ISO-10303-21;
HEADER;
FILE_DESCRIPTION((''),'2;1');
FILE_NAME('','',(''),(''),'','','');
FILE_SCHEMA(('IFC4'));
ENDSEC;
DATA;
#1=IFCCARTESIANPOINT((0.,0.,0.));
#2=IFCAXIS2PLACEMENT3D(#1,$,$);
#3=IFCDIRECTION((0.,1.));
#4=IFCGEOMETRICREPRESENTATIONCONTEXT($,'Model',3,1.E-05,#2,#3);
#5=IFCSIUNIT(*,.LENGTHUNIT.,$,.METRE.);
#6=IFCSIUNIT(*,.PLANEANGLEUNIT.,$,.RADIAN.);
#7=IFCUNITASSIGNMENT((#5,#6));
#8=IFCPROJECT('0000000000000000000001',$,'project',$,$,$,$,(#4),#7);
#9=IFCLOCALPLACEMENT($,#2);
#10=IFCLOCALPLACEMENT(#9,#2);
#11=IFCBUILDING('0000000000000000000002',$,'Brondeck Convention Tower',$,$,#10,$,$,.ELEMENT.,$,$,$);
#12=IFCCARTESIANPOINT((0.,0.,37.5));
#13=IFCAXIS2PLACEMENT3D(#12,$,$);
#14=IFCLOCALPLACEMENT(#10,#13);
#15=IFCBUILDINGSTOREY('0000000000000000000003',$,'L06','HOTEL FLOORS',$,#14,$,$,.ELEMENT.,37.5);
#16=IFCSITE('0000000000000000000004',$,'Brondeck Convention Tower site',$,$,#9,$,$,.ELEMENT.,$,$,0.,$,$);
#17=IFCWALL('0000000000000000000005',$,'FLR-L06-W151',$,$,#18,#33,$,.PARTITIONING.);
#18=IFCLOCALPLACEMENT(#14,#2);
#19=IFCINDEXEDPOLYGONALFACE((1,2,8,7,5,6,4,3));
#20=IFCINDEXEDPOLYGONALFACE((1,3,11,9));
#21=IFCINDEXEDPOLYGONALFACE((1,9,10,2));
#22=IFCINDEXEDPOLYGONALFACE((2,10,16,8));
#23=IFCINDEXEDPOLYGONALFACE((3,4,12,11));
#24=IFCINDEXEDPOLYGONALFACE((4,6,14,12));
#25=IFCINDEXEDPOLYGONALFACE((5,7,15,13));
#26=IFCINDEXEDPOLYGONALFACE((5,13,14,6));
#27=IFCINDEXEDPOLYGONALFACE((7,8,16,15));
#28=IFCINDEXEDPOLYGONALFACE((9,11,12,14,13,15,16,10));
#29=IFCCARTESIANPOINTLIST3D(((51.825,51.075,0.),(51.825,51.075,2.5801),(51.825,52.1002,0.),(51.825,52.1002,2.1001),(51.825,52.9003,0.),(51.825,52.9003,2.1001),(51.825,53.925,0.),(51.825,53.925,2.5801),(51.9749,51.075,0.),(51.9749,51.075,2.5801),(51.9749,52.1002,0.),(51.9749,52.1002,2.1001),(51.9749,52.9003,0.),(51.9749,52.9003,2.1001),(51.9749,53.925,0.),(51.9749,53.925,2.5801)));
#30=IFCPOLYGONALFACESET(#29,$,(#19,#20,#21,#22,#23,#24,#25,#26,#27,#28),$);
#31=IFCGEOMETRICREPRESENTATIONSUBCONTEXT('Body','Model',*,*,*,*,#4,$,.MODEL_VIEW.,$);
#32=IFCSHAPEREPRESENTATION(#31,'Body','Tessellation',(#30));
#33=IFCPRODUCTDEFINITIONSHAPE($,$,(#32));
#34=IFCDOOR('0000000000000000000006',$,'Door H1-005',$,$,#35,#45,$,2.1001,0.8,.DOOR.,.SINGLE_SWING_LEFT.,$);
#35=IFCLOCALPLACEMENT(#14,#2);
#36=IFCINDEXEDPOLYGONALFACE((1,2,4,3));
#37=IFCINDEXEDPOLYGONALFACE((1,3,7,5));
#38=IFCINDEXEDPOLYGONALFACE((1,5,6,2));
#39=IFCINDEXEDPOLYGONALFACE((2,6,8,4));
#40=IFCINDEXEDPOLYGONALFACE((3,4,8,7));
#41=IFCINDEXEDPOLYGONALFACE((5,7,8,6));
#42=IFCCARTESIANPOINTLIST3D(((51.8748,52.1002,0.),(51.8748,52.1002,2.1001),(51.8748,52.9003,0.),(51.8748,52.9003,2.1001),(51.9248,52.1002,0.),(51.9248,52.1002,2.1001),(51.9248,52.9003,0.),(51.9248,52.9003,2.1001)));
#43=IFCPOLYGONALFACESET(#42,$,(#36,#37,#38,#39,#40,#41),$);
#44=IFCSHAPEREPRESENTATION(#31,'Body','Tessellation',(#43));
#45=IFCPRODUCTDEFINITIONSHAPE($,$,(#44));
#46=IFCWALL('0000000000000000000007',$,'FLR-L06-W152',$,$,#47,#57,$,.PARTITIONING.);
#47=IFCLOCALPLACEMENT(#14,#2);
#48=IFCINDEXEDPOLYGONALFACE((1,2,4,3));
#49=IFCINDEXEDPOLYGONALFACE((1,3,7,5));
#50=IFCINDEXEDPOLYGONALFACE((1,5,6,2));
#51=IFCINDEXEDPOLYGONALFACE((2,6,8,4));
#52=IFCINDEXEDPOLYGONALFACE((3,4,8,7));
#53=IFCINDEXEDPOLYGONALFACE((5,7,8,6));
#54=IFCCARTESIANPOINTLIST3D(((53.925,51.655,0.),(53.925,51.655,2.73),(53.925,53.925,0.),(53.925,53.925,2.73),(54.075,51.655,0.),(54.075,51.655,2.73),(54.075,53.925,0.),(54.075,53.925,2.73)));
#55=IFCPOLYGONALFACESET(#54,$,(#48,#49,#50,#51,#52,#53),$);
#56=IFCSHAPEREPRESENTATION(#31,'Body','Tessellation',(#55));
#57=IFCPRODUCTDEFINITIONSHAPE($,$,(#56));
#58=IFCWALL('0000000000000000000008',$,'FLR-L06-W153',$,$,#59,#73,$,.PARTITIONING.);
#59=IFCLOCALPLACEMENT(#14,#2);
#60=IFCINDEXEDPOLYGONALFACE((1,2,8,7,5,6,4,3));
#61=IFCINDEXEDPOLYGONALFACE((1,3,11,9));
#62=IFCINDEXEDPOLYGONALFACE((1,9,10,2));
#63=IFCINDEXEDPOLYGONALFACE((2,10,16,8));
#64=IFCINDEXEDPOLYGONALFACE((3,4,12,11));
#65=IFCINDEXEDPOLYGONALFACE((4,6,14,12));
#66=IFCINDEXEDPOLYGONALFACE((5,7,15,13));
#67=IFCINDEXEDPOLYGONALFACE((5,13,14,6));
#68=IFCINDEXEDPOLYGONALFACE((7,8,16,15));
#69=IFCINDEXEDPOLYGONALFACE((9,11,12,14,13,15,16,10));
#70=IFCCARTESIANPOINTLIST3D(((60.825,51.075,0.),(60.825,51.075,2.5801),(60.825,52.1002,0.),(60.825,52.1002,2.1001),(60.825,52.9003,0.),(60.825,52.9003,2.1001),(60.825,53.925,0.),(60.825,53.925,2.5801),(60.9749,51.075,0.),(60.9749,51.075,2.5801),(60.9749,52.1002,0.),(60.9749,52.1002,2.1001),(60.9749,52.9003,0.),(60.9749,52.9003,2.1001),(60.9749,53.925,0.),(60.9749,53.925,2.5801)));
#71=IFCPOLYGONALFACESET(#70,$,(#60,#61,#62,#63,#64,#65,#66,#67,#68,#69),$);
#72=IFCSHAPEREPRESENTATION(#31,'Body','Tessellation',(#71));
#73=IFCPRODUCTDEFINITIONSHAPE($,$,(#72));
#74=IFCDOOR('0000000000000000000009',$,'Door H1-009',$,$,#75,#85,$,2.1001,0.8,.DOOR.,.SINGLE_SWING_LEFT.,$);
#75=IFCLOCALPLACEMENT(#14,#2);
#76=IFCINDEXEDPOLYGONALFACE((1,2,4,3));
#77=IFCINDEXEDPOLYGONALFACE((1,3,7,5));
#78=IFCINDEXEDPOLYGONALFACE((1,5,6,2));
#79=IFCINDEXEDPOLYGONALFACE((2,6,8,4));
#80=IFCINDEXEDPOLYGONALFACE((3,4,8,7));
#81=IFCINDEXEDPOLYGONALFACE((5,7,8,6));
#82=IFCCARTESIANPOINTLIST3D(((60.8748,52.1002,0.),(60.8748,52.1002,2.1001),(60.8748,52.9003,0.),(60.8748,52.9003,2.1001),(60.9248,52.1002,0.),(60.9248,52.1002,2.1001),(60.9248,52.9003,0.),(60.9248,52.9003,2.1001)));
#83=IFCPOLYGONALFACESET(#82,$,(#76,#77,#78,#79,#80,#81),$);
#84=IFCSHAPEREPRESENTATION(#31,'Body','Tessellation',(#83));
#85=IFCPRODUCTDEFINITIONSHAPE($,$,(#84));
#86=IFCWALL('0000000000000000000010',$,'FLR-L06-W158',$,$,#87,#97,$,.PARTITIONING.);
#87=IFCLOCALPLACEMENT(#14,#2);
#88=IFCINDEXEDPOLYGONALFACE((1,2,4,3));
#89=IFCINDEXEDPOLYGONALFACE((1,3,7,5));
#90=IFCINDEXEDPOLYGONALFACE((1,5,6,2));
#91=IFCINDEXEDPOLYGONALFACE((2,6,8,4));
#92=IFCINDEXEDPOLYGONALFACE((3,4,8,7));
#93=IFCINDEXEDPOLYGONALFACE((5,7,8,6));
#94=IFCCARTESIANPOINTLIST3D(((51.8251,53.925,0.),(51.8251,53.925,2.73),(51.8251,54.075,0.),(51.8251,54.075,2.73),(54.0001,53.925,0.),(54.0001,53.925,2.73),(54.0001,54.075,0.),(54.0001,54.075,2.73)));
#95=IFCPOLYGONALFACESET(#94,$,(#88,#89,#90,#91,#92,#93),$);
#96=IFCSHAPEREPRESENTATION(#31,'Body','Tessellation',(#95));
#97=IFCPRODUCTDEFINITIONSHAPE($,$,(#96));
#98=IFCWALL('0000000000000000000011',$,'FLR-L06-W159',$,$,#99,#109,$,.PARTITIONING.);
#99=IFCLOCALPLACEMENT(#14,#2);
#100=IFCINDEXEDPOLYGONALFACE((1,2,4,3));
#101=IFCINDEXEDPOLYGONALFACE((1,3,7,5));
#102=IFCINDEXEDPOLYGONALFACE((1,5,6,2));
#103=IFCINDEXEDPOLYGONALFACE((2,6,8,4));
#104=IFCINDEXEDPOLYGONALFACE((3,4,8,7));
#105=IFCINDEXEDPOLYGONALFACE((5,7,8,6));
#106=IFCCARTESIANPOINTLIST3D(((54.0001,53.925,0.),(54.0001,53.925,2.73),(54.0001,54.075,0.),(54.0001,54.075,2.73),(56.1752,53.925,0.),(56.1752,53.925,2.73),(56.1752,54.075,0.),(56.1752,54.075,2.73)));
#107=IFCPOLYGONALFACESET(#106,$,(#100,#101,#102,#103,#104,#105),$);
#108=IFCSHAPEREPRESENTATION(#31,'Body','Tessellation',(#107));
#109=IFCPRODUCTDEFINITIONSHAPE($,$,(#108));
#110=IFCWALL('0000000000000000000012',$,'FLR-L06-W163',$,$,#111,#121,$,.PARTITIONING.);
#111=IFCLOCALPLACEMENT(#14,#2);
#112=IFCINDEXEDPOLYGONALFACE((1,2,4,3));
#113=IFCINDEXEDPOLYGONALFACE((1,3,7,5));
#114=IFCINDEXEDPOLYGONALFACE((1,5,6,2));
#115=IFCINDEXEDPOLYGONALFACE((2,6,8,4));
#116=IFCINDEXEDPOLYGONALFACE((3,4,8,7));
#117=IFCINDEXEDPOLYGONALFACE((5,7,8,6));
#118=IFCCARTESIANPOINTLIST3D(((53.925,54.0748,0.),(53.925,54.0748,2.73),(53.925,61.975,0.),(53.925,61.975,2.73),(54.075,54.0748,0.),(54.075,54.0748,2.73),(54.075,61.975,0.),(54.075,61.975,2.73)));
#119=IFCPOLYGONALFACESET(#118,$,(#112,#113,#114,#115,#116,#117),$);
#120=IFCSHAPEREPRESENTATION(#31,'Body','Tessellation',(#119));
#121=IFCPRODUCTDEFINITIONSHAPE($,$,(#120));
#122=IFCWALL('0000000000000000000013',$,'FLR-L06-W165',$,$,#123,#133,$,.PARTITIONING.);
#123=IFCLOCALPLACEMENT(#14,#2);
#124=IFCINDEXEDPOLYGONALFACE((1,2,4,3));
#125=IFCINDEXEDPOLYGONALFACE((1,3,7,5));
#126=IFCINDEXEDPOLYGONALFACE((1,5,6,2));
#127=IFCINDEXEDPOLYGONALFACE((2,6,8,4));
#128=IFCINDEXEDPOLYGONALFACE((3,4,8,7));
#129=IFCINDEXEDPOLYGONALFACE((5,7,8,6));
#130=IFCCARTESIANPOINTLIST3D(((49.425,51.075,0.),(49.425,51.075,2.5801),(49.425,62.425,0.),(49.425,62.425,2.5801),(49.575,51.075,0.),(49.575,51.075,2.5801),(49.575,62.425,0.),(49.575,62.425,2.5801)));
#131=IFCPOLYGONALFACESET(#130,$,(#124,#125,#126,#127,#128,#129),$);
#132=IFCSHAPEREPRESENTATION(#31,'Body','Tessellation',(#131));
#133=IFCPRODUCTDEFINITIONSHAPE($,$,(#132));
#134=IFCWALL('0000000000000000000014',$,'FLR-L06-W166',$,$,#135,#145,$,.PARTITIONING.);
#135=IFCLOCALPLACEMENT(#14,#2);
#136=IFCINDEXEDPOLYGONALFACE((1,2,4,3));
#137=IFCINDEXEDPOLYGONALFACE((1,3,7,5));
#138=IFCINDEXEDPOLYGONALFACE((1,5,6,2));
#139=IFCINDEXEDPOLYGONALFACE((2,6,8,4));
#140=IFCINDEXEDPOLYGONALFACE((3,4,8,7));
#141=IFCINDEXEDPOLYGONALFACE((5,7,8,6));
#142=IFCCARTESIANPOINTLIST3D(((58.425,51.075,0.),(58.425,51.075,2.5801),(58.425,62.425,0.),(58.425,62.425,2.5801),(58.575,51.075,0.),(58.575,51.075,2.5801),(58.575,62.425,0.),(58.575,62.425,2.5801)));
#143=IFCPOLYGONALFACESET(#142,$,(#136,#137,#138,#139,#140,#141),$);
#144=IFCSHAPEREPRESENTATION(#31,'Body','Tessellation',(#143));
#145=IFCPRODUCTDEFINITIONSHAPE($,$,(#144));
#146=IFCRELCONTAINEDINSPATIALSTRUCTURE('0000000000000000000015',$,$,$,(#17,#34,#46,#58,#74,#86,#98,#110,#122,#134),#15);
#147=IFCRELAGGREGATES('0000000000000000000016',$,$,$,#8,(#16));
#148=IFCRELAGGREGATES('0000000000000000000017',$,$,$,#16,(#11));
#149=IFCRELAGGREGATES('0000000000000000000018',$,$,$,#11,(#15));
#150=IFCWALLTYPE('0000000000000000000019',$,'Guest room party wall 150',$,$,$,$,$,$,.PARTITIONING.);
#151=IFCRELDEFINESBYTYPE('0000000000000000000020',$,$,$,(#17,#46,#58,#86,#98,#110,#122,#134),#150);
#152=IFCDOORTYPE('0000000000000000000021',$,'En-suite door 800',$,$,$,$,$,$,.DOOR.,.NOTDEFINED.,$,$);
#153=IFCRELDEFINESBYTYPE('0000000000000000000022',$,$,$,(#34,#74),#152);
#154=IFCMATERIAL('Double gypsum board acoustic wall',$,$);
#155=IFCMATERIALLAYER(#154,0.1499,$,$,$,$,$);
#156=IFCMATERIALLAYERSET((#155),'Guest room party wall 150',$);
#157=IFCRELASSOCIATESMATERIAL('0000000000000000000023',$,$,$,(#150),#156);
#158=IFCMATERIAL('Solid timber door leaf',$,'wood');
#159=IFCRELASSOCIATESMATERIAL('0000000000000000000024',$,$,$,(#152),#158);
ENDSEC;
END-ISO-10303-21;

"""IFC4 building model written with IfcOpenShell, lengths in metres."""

from ifc_helpers import new_model, si_unit, direction, frame, frame_2d, origin, place, context, subcontext, project, spatial, rectangle, extrude, material, layer, layer_set, type_object, element, fill, save


model = new_model("IFC4")

# Units and contexts
model_context = context("Model", 3, precision=1e-05, world=origin(), true_north=direction((0.0, 1.0)))
body_context = subcontext(model_context, "Body", "Model", "MODEL_VIEW")
ifc_project = project(units=[si_unit("LENGTHUNIT", "METRE"), si_unit("PLANEANGLEUNIT", "RADIAN")], contexts=[model_context])

# Site, building, storey
site_placement = place(None, origin())
site = spatial("IfcSite", under=ifc_project, at=site_placement, Name="Brondeck Convention Tower site", CompositionType="ELEMENT", RefElevation=0.0)
building_placement = place(site_placement, origin())
building = spatial("IfcBuilding", under=site, at=building_placement, Name="Brondeck Convention Tower", CompositionType="ELEMENT")
storey_placement = place(building_placement, frame((0.0, 0.0, 37.5)))
storey = spatial("IfcBuildingStorey", under=building, at=storey_placement, Name="L06", Description="HOTEL FLOORS", CompositionType="ELEMENT", Elevation=37.5)

# Wall, opening, door
ifc_material_1 = material(Name="Double gypsum board acoustic wall")
ifc_layer_1 = layer(ifc_material_1, 0.1499)
ifc_layer_set_1 = layer_set([ifc_layer_1], Name="Guest room party wall 150")
wall_type_1 = type_object("IfcWallType", Name="Guest room party wall 150", PredefinedType="PARTITIONING", material=ifc_layer_set_1)
ifc_material_2 = material(Name="Solid timber door leaf", Category="wood")
door_type = type_object("IfcDoorType", Name="En-suite door 800", OperationType="NOTDEFINED", PredefinedType="DOOR", material=ifc_material_2)
wall_1_placement = place(storey_placement, frame((51.8999, 53.925, 0.0), z_axis=(0.0, 0.0, 1.0), x_axis=(0.0, -1.0, 0.0)))
wall_1 = element("IfcWall", 1, at=wall_1_placement, inside=storey, type_object=wall_type_1, Name="FLR-L06-W151", PredefinedType="PARTITIONING", context=body_context, shape_type="SweptSolid", body=[
    extrude(rectangle(XDim=2.8501, YDim=0.1499, at=frame_2d((1.425, 0.0))), origin(), (0.0, 0.0, 1.0), 2.5801),
])
opening_1_placement = place(wall_1_placement, frame((1.0249, 0.0, 0.0)))
opening_1 = element("IfcOpeningElement", 2, at=opening_1_placement, cuts=wall_1, PredefinedType="OPENING", context=body_context, shape_type="SweptSolid", body=[
    extrude(rectangle(XDim=0.8, YDim=2.1001, at=frame_2d((0.3999, 1.05))), frame((0.0, 0.085, 0.0), z_axis=(0.0, -1.0, 0.0), x_axis=(1.0, 0.0, 0.0)), (0.0, 0.0, 1.0), 0.1699),
])
door_1_placement = place(opening_1_placement, origin())
door_1 = element("IfcDoor", 3, at=door_1_placement, inside=storey, type_object=door_type, Name="Door H1-005", OperationType="SINGLE_SWING_LEFT", OverallHeight=2.1001, OverallWidth=0.8, PredefinedType="DOOR", context=body_context, shape_type="SweptSolid", body=[
    extrude(rectangle(XDim=0.8, YDim=2.1001, at=frame_2d((0.3999, 1.05))), frame((0.0, 0.0249, 0.0), z_axis=(0.0, -1.0, 0.0), x_axis=(1.0, 0.0, 0.0)), (0.0, 0.0, 1.0), 0.05),
])
fill(opening_1, door_1)

# Wall
wall_2_placement = place(storey_placement, frame((54.0, 53.925, 0.0), z_axis=(0.0, 0.0, 1.0), x_axis=(0.0, -1.0, 0.0)))
element("IfcWall", 4, at=wall_2_placement, inside=storey, type_object=wall_type_1, Name="FLR-L06-W152", PredefinedType="PARTITIONING", context=body_context, shape_type="SweptSolid", body=[
    extrude(rectangle(XDim=2.27, YDim=0.1499, at=frame_2d((1.135, 0.0))), origin(), (0.0, 0.0, 1.0), 2.73),
])

# Wall, opening, door
wall_3_placement = place(storey_placement, frame((60.8999, 53.925, 0.0), z_axis=(0.0, 0.0, 1.0), x_axis=(0.0, -1.0, 0.0)))
wall_3 = element("IfcWall", 5, at=wall_3_placement, inside=storey, type_object=wall_type_1, Name="FLR-L06-W153", PredefinedType="PARTITIONING", context=body_context, shape_type="SweptSolid", body=[
    extrude(rectangle(XDim=2.8501, YDim=0.1499, at=frame_2d((1.425, 0.0))), origin(), (0.0, 0.0, 1.0), 2.5801),
])
opening_2_placement = place(wall_3_placement, frame((1.0249, 0.0, 0.0)))
opening_2 = element("IfcOpeningElement", 6, at=opening_2_placement, cuts=wall_3, PredefinedType="OPENING", context=body_context, shape_type="SweptSolid", body=[
    extrude(rectangle(XDim=0.8, YDim=2.1001, at=frame_2d((0.3999, 1.05))), frame((0.0, 0.085, 0.0), z_axis=(0.0, -1.0, 0.0), x_axis=(1.0, 0.0, 0.0)), (0.0, 0.0, 1.0), 0.1699),
])
door_2_placement = place(opening_2_placement, origin())
door_2 = element("IfcDoor", 7, at=door_2_placement, inside=storey, type_object=door_type, Name="Door H1-009", OperationType="SINGLE_SWING_LEFT", OverallHeight=2.1001, OverallWidth=0.8, PredefinedType="DOOR", context=body_context, shape_type="SweptSolid", body=[
    extrude(rectangle(XDim=0.8, YDim=2.1001, at=frame_2d((0.3999, 1.05))), frame((0.0, 0.0249, 0.0), z_axis=(0.0, -1.0, 0.0), x_axis=(1.0, 0.0, 0.0)), (0.0, 0.0, 1.0), 0.05),
])
fill(opening_2, door_2)

# Walls
for number, where, z_axis, x_axis, name in (
    (8, (54.0, 54.0, 0.0), (0.0, 0.0, 1.0), (-1.0, 0.0, 0.0), "FLR-L06-W158"),
    (9, (56.175, 54.0, 0.0), (0.0, 0.0, 1.0), (-1.0, 0.0, 0.0), "FLR-L06-W159"),
):
    element("IfcWall", number, at=place(storey_placement, frame(where, z_axis=z_axis, x_axis=x_axis)), inside=storey, type_object=wall_type_1, Name=name, PredefinedType="PARTITIONING", context=body_context, shape_type="SweptSolid", body=[
        extrude(rectangle(XDim=2.175, YDim=0.1499, at=frame_2d((1.0874, 0.0))), origin(), (0.0, 0.0, 1.0), 2.73),
    ])
wall_4_placement = place(storey_placement, frame((54.0, 61.9751, 0.0), z_axis=(0.0, 0.0, 1.0), x_axis=(0.0, -1.0, 0.0)))
element("IfcWall", 10, at=wall_4_placement, inside=storey, type_object=wall_type_1, Name="FLR-L06-W163", PredefinedType="PARTITIONING", context=body_context, shape_type="SweptSolid", body=[
    extrude(rectangle(XDim=7.9001, YDim=0.1499, at=frame_2d((3.9502, 0.0))), origin(), (0.0, 0.0, 1.0), 2.73),
])
for number, where, z_axis, x_axis, name in (
    (11, (49.5, 62.425, 0.0), (0.0, 0.0, 1.0), (0.0, -1.0, 0.0), "FLR-L06-W165"),
    (12, (58.5, 62.425, 0.0), (0.0, 0.0, 1.0), (0.0, -1.0, 0.0), "FLR-L06-W166"),
):
    element("IfcWall", number, at=place(storey_placement, frame(where, z_axis=z_axis, x_axis=x_axis)), inside=storey, type_object=wall_type_1, Name=name, PredefinedType="PARTITIONING", context=body_context, shape_type="SweptSolid", body=[
        extrude(rectangle(XDim=11.3501, YDim=0.1499, at=frame_2d((5.675, 0.0))), origin(), (0.0, 0.0, 1.0), 2.5801),
    ])

save(model, "model.ifc")
